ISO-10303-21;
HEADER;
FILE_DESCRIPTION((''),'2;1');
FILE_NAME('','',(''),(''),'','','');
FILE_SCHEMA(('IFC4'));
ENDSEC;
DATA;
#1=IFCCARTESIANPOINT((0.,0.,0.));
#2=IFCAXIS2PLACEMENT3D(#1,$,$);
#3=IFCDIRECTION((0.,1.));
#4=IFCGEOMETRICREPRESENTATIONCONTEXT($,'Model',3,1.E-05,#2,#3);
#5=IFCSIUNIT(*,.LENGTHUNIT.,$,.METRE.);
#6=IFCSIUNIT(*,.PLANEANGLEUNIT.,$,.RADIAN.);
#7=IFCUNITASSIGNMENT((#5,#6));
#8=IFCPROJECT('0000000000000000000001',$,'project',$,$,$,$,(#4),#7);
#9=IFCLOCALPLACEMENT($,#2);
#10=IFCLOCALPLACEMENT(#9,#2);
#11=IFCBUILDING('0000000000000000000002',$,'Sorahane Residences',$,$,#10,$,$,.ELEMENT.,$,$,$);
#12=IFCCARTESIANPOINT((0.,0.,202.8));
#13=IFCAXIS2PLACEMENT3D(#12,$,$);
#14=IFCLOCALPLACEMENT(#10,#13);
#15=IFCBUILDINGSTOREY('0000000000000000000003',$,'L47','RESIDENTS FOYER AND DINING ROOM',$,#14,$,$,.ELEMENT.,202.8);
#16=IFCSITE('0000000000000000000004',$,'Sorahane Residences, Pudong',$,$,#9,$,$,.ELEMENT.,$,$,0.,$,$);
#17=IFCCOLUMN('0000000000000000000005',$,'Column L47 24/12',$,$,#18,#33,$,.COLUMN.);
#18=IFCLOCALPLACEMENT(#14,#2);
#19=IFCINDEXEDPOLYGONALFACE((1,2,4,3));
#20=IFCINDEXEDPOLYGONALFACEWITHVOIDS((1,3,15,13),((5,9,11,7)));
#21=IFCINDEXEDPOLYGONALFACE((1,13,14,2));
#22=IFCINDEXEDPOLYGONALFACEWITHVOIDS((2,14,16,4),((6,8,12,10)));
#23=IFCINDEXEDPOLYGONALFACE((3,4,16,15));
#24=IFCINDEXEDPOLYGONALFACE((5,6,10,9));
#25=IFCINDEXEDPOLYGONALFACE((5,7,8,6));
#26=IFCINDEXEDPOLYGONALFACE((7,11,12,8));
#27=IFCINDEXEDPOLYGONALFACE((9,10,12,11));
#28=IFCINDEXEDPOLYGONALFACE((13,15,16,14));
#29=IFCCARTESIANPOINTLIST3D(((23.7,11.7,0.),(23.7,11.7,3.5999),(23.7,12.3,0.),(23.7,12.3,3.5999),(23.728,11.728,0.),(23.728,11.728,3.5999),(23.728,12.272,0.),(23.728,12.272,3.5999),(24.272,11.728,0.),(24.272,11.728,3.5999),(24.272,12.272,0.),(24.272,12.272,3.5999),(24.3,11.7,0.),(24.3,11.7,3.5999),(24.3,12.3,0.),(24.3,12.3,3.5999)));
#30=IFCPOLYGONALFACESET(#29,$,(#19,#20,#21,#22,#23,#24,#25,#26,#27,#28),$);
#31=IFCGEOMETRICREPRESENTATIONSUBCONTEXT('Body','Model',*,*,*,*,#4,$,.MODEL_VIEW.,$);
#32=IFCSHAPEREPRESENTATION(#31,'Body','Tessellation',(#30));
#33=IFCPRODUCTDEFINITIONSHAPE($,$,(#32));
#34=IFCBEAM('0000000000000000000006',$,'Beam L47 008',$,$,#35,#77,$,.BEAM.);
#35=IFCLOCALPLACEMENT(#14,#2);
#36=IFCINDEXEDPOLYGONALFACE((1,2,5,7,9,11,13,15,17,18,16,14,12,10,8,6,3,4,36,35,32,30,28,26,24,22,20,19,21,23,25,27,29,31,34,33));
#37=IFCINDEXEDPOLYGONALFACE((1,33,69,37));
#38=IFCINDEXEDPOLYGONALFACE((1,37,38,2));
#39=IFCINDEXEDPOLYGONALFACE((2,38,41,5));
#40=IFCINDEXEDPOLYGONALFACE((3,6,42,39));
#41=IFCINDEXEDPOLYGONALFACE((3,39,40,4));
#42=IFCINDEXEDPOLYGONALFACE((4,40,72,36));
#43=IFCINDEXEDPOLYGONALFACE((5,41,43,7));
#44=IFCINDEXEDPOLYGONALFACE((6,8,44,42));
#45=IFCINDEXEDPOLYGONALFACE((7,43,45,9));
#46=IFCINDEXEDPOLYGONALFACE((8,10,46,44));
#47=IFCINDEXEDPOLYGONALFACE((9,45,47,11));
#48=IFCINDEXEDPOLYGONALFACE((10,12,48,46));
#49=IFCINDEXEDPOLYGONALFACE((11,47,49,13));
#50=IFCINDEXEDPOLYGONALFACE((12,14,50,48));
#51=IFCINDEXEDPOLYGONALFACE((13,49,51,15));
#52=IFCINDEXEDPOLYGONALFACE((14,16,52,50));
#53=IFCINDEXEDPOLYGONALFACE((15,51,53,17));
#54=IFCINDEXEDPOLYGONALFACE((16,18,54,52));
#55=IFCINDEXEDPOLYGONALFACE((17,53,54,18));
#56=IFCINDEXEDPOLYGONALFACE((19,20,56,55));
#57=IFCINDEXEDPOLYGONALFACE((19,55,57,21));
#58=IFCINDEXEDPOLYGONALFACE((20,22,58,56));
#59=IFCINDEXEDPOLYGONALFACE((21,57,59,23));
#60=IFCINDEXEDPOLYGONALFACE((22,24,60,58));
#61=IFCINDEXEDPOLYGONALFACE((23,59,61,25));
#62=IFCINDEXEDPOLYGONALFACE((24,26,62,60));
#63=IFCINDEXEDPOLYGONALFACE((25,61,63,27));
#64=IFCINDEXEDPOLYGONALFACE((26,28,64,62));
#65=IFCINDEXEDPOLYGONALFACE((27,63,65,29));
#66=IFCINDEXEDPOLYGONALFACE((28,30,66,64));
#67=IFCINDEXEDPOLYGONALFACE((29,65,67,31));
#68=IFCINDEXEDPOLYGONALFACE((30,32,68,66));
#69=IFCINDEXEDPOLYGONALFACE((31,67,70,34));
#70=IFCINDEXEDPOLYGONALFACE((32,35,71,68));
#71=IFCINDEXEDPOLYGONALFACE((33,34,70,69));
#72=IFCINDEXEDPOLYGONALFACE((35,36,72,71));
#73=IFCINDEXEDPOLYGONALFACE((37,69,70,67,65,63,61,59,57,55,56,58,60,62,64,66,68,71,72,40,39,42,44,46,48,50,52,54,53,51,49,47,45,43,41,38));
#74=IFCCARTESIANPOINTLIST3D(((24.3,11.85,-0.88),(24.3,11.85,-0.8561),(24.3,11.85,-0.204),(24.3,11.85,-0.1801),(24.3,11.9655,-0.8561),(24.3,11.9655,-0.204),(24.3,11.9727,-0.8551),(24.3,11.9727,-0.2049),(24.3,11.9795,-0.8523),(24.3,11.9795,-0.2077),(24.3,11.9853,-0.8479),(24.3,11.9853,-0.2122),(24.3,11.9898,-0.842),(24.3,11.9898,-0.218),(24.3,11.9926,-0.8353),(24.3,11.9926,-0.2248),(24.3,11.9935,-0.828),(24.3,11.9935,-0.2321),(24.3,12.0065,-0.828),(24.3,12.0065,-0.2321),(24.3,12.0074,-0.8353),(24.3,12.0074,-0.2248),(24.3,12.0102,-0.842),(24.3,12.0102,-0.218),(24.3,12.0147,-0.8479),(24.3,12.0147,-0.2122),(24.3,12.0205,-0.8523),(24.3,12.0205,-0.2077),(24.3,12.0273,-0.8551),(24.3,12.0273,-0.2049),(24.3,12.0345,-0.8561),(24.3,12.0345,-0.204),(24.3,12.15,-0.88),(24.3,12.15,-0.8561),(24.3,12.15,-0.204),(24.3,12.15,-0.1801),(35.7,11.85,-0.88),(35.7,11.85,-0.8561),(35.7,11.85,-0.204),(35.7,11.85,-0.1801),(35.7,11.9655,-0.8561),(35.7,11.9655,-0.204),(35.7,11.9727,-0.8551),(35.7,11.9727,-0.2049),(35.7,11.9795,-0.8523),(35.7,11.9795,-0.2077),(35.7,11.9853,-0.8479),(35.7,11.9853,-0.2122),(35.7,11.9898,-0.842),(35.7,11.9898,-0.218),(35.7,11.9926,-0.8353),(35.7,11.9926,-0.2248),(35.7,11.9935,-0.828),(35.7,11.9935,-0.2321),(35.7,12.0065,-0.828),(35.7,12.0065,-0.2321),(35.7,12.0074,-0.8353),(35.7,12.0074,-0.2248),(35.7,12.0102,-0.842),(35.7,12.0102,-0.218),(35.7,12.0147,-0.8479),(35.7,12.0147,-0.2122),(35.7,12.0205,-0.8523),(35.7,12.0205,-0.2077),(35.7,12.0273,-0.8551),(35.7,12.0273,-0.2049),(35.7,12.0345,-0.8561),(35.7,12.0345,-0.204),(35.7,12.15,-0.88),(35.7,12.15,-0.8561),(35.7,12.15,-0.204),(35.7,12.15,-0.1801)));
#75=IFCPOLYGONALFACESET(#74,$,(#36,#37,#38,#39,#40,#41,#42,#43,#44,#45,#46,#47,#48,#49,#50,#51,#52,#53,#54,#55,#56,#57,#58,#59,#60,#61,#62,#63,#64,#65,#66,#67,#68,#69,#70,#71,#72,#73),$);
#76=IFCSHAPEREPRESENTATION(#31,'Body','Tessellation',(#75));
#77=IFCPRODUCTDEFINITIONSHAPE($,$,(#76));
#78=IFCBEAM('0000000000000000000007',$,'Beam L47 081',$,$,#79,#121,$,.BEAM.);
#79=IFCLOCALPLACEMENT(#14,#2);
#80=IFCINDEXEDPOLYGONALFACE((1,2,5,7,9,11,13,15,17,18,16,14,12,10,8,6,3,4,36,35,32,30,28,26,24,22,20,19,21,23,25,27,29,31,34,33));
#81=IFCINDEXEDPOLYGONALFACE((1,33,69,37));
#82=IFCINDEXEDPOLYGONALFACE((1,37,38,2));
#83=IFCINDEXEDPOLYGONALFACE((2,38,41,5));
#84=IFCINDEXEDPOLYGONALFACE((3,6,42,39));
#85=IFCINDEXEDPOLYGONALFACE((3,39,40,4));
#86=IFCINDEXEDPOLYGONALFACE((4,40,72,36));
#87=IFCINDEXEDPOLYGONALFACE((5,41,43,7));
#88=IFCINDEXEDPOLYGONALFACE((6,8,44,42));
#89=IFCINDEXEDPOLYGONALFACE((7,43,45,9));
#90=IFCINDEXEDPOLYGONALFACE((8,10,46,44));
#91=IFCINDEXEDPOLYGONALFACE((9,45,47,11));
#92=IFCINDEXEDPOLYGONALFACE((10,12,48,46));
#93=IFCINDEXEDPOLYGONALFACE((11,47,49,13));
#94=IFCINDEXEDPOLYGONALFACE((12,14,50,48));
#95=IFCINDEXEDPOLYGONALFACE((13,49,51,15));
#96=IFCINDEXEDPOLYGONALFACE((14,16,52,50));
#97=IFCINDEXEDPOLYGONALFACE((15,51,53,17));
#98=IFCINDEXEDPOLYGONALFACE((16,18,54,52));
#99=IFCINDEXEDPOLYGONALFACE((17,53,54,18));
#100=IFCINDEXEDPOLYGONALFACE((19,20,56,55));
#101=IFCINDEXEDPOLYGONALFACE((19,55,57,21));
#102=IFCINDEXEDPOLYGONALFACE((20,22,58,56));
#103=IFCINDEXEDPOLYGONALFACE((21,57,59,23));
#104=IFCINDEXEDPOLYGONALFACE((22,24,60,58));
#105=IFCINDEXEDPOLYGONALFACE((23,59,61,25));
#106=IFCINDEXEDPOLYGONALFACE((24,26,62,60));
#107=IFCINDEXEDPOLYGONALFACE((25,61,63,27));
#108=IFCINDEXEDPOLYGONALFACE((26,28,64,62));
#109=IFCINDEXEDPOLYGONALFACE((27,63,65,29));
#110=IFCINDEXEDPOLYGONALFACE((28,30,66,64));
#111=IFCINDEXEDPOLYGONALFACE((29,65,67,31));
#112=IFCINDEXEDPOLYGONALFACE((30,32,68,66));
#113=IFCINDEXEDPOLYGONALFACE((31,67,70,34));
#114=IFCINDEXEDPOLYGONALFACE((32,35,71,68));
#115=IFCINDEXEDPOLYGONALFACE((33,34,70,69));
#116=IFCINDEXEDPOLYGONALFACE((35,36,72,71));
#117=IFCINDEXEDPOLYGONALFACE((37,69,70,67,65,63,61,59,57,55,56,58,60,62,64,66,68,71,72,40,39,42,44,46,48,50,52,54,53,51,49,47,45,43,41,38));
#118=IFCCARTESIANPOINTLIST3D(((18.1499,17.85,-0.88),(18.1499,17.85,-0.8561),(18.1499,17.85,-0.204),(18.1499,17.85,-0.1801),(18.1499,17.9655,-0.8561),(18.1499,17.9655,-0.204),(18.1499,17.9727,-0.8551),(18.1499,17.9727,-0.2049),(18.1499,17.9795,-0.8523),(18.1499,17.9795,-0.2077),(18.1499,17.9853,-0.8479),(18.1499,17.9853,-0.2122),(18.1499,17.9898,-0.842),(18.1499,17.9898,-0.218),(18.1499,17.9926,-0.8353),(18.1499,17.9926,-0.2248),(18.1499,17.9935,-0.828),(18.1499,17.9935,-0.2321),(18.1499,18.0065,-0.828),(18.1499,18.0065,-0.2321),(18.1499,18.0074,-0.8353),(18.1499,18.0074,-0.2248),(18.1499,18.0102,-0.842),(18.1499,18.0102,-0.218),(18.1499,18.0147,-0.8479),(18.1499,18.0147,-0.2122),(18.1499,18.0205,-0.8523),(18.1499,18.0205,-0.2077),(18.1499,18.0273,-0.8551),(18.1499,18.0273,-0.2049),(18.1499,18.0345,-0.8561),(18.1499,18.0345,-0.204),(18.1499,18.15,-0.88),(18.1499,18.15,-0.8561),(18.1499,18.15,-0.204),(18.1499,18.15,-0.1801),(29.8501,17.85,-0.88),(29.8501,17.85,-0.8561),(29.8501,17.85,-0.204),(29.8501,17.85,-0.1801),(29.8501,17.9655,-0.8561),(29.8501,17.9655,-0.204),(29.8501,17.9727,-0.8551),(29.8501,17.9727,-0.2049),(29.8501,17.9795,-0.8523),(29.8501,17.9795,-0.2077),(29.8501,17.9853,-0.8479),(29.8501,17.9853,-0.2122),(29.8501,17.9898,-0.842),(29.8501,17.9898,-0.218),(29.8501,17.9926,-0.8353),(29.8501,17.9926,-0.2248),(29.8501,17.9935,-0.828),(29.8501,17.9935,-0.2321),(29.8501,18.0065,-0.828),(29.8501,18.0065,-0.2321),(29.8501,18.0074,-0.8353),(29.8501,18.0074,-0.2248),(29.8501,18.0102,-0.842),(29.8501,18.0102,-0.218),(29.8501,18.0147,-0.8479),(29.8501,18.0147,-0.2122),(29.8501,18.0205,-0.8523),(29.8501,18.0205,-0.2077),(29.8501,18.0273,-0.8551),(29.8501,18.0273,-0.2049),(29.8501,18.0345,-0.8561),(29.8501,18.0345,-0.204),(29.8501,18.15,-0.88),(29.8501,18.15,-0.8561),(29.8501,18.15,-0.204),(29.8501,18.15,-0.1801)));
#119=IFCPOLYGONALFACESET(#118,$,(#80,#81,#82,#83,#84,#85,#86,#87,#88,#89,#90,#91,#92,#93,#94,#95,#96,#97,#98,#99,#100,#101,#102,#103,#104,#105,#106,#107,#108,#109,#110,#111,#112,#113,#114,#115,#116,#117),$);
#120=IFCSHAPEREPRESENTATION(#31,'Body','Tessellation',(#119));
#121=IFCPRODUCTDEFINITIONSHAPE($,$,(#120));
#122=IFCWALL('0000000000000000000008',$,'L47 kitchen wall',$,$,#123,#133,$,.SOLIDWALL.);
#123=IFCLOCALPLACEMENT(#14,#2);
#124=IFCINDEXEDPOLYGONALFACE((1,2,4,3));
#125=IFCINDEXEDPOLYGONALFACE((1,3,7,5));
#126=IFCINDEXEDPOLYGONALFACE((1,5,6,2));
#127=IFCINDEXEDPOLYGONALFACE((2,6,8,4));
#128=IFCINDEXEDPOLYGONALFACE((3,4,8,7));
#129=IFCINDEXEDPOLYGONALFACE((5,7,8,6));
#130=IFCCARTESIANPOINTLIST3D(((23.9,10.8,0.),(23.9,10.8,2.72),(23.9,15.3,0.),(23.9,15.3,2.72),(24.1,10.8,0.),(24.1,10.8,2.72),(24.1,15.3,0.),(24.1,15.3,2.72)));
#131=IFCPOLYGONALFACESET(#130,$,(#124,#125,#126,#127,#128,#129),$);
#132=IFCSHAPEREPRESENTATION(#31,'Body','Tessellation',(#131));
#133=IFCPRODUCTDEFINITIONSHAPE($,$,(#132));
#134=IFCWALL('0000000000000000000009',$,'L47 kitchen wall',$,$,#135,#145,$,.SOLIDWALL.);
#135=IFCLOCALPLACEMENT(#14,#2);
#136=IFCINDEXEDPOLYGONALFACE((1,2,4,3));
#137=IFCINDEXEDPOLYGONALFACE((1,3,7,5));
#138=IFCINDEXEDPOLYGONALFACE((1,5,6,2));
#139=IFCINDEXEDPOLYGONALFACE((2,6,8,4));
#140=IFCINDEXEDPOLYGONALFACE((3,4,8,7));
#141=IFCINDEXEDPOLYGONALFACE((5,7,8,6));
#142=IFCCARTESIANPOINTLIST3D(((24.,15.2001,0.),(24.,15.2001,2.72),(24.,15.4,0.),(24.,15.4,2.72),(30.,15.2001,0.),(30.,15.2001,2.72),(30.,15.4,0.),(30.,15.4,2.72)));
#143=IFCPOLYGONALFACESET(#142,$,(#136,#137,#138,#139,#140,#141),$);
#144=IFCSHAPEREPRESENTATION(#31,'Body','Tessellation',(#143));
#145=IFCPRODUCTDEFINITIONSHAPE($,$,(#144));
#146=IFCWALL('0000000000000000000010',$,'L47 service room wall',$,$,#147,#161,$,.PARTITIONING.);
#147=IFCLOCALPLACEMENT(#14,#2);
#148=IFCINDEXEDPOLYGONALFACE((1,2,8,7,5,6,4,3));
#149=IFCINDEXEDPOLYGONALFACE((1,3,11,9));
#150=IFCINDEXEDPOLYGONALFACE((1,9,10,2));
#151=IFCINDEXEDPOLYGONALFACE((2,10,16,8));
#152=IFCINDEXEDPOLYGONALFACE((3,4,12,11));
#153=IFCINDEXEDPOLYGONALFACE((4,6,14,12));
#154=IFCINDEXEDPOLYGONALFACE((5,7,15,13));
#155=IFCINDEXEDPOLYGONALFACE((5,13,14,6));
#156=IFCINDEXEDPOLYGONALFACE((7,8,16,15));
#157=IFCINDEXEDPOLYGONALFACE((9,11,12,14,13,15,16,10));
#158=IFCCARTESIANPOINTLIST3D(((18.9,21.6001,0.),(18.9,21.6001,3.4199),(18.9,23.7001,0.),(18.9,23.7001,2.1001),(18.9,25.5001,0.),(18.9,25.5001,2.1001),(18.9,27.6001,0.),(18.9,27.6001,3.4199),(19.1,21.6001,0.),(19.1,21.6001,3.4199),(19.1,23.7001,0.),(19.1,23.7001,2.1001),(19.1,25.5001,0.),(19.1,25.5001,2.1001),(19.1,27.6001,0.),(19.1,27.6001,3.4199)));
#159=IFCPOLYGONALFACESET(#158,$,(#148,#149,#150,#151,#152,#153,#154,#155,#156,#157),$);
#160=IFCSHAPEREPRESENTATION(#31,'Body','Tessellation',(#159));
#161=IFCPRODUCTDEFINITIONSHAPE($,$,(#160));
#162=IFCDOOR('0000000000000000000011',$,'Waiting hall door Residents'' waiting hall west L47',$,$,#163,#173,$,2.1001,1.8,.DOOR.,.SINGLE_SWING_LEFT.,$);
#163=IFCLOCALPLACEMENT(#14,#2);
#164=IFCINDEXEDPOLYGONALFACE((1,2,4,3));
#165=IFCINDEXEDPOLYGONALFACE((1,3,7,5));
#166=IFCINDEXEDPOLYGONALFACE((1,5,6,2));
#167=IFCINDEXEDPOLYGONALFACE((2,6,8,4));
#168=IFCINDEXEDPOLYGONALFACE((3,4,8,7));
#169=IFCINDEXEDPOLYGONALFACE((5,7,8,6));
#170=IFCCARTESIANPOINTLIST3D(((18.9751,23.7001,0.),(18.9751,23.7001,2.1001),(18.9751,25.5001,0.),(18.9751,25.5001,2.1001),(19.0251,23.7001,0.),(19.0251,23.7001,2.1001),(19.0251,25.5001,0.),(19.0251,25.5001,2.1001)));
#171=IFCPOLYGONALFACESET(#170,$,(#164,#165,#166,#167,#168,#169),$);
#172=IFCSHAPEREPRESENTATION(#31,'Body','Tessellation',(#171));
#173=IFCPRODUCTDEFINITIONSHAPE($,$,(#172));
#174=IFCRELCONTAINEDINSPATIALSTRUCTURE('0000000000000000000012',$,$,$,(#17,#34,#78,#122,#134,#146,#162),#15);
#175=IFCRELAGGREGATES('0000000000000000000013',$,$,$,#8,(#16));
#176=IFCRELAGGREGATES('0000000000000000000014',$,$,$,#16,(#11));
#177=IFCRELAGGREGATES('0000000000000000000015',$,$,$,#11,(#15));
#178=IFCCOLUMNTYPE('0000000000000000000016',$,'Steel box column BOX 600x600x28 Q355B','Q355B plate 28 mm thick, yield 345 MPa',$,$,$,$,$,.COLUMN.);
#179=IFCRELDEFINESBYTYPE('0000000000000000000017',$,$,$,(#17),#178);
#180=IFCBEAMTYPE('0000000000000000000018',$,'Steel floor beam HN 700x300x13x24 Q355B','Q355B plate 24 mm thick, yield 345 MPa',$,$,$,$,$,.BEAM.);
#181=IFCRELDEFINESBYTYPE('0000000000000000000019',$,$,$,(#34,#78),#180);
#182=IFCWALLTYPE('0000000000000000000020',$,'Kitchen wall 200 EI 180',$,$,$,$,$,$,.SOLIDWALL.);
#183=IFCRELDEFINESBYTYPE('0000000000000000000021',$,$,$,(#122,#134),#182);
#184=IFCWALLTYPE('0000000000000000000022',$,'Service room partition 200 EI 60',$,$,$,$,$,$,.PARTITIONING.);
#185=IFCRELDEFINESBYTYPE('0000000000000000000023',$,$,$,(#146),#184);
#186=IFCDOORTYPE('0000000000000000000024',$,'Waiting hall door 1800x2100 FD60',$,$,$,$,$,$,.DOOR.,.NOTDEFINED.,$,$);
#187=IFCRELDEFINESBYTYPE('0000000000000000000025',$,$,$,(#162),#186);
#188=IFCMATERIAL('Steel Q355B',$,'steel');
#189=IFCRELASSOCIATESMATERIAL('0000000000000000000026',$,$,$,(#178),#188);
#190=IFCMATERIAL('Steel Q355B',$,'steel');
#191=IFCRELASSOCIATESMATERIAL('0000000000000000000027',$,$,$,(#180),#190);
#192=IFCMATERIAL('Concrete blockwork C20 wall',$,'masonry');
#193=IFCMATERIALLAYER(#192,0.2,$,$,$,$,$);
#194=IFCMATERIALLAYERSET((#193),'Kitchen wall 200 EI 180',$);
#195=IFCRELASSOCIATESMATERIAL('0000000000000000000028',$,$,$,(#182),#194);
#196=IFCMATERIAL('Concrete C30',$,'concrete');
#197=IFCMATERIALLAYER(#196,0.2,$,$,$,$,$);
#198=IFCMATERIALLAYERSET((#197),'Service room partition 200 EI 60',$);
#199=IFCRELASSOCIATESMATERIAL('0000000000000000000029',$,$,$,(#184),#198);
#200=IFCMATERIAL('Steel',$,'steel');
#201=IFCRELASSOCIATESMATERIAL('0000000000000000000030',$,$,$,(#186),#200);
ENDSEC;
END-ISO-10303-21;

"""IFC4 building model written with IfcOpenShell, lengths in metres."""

from ifc_helpers import new_model, si_unit, direction, frame, frame_2d, origin, origin_2d, place, context, subcontext, project, spatial, rectangle, hollow_rectangle, i_section, extrude, material, layer, layer_set, material_profile, profile_set, type_object, element, fill, save


model = new_model("IFC4")

# Units and contexts
model_context = context("Model", 3, precision=1e-05, world=origin(), true_north=direction((0.0, 1.0)))
body_context = subcontext(model_context, "Body", "Model", "MODEL_VIEW")
ifc_project = project(units=[si_unit("LENGTHUNIT", "METRE"), si_unit("PLANEANGLEUNIT", "RADIAN")], contexts=[model_context])

# Site, building, storey
site_placement = place(None, origin())
site = spatial("IfcSite", under=ifc_project, at=site_placement, Name="Sorahane Residences, Pudong", CompositionType="ELEMENT", RefElevation=0.0)
building_placement = place(site_placement, origin())
building = spatial("IfcBuilding", under=site, at=building_placement, Name="Sorahane Residences", CompositionType="ELEMENT")
storey_placement = place(building_placement, frame((0.0, 0.0, 202.8)))
storey = spatial("IfcBuildingStorey", under=building, at=storey_placement, Name="L47", Description="RESIDENTS FOYER AND DINING ROOM", CompositionType="ELEMENT", Elevation=202.8)

# Column
ifc_material_1 = material(Name="Steel Q355B", Category="steel")
ifc_material_profile_1 = material_profile(ifc_material_1, hollow_rectangle(XDim=0.6001, YDim=0.6001, WallThickness=0.0281, at=origin_2d()), Name="BOX 600x600x28")
ifc_profile_set_1 = profile_set([ifc_material_profile_1], Name="Steel Q355B")
column_type = type_object("IfcColumnType", Name="Steel box column BOX 600x600x28 Q355B", Description="Q355B plate 28 mm thick, yield 345 MPa", PredefinedType="COLUMN", material=ifc_profile_set_1)
column_placement = place(storey_placement, frame((24.0, 12.0, 0.0), z_axis=(0.0, 0.0, 1.0), x_axis=(1.0, 0.0, 0.0)))
element("IfcColumn", 1, at=column_placement, inside=storey, type_object=column_type, Name="Column L47 24/12", PredefinedType="COLUMN", context=body_context, shape_type="SweptSolid", body=[
    extrude(hollow_rectangle(XDim=0.6001, YDim=0.6001, WallThickness=0.0281, at=origin_2d()), origin(), (0.0, 0.0, 1.0), 3.5999),
])

# Beams
ifc_material_2 = material(Name="Steel Q355B", Category="steel")
ifc_material_profile_2 = material_profile(ifc_material_2, i_section(OverallWidth=0.3, OverallDepth=0.7, WebThickness=0.0129, FlangeThickness=0.0239, FilletRadius=0.0281, at=origin_2d()), Name="HN 700x300x13x24")
ifc_profile_set_2 = profile_set([ifc_material_profile_2], Name="Steel Q355B")
beam_type = type_object("IfcBeamType", Name="Steel floor beam HN 700x300x13x24 Q355B", Description="Q355B plate 24 mm thick, yield 345 MPa", PredefinedType="BEAM", material=ifc_profile_set_2)
beam_1_placement = place(storey_placement, frame((24.3, 12.0, -0.53), z_axis=(1.0, 0.0, 0.0), x_axis=(0.0, 1.0, 0.0)))
element("IfcBeam", 2, at=beam_1_placement, inside=storey, type_object=beam_type, Name="Beam L47 008", PredefinedType="BEAM", context=body_context, shape_type="SweptSolid", body=[
    extrude(i_section(OverallWidth=0.3, OverallDepth=0.7, WebThickness=0.0129, FlangeThickness=0.0239, FilletRadius=0.0281, at=origin_2d()), origin(), (0.0, 0.0, 1.0), 11.3999),
])
beam_2_placement = place(storey_placement, frame((18.1499, 18.0, -0.53), z_axis=(1.0, 0.0, 0.0), x_axis=(0.0, 1.0, 0.0)))
element("IfcBeam", 3, at=beam_2_placement, inside=storey, type_object=beam_type, Name="Beam L47 081", PredefinedType="BEAM", context=body_context, shape_type="SweptSolid", body=[
    extrude(i_section(OverallWidth=0.3, OverallDepth=0.7, WebThickness=0.0129, FlangeThickness=0.0239, FilletRadius=0.0281, at=origin_2d()), origin(), (0.0, 0.0, 1.0), 11.7002),
])

# Wall
ifc_material_3 = material(Name="Concrete blockwork C20 wall", Category="masonry")
ifc_layer_1 = layer(ifc_material_3, 0.2)
ifc_layer_set_1 = layer_set([ifc_layer_1], Name="Kitchen wall 200 EI 180")
wall_type_1 = type_object("IfcWallType", Name="Kitchen wall 200 EI 180", PredefinedType="SOLIDWALL", material=ifc_layer_set_1)
wall_1_placement = place(storey_placement, frame((24.0, 10.8, 0.0), z_axis=(0.0, 0.0, 1.0), x_axis=(0.0, 1.0, 0.0)))
element("IfcWall", 4, at=wall_1_placement, inside=storey, type_object=wall_type_1, Name="L47 kitchen wall", PredefinedType="SOLIDWALL", context=body_context, shape_type="SweptSolid", body=[
    extrude(rectangle(XDim=4.5, YDim=0.2, at=frame_2d((2.25, 0.0))), origin(), (0.0, 0.0, 1.0), 2.72),
])

# Wall
wall_2_placement = place(storey_placement, frame((24.0, 15.3, 0.0), z_axis=(0.0, 0.0, 1.0), x_axis=(1.0, 0.0, 0.0)))
element("IfcWall", 5, at=wall_2_placement, inside=storey, type_object=wall_type_1, Name="L47 kitchen wall", PredefinedType="SOLIDWALL", context=body_context, shape_type="SweptSolid", body=[
    extrude(rectangle(XDim=6.0, YDim=0.2, at=frame_2d((3.0, 0.0))), origin(), (0.0, 0.0, 1.0), 2.72),
])

# Wall, opening, door
ifc_material_4 = material(Name="Concrete C30", Category="concrete")
ifc_layer_2 = layer(ifc_material_4, 0.2)
ifc_layer_set_2 = layer_set([ifc_layer_2], Name="Service room partition 200 EI 60")
wall_type_2 = type_object("IfcWallType", Name="Service room partition 200 EI 60", PredefinedType="PARTITIONING", material=ifc_layer_set_2)
wall_3_placement = place(storey_placement, frame((19.0, 21.6001, 0.0), z_axis=(0.0, 0.0, 1.0), x_axis=(0.0, 1.0, 0.0)))
wall_3 = element("IfcWall", 6, at=wall_3_placement, inside=storey, type_object=wall_type_2, Name="L47 service room wall", PredefinedType="PARTITIONING", context=body_context, shape_type="SweptSolid", body=[
    extrude(rectangle(XDim=6.0, YDim=0.2, at=frame_2d((3.0, 0.0))), origin(), (0.0, 0.0, 1.0), 3.4199),
])
opening_1_placement = place(wall_3_placement, frame((2.1001, 0.0, 0.0)))
opening_1 = element("IfcOpeningElement", 7, at=opening_1_placement, cuts=wall_3, PredefinedType="OPENING", context=body_context, shape_type="SweptSolid", body=[
    extrude(rectangle(XDim=1.8, YDim=2.1001, at=frame_2d((0.8999, 1.05))), frame((0.0, 0.1099, 0.0), z_axis=(0.0, -1.0, 0.0), x_axis=(1.0, 0.0, 0.0)), (0.0, 0.0, 1.0), 0.22),
])
ifc_material_5 = material(Name="Steel", Category="steel")
door_type_1 = type_object("IfcDoorType", Name="Waiting hall door 1800x2100 FD60", OperationType="NOTDEFINED", PredefinedType="DOOR", material=ifc_material_5)
door_1_placement = place(opening_1_placement, origin())
door_1 = element("IfcDoor", 8, at=door_1_placement, inside=storey, type_object=door_type_1, Name="Waiting hall door Residents' waiting hall west L47", OperationType="SINGLE_SWING_LEFT", OverallHeight=2.1001, OverallWidth=1.8, PredefinedType="DOOR", context=body_context, shape_type="SweptSolid", body=[
    extrude(rectangle(XDim=1.8, YDim=2.1001, at=frame_2d((0.8999, 1.05))), frame((0.0, 0.0249, 0.0), z_axis=(0.0, -1.0, 0.0), x_axis=(1.0, 0.0, 0.0)), (0.0, 0.0, 1.0), 0.05),
])
fill(opening_1, door_1)

save(model, "model.ifc")
